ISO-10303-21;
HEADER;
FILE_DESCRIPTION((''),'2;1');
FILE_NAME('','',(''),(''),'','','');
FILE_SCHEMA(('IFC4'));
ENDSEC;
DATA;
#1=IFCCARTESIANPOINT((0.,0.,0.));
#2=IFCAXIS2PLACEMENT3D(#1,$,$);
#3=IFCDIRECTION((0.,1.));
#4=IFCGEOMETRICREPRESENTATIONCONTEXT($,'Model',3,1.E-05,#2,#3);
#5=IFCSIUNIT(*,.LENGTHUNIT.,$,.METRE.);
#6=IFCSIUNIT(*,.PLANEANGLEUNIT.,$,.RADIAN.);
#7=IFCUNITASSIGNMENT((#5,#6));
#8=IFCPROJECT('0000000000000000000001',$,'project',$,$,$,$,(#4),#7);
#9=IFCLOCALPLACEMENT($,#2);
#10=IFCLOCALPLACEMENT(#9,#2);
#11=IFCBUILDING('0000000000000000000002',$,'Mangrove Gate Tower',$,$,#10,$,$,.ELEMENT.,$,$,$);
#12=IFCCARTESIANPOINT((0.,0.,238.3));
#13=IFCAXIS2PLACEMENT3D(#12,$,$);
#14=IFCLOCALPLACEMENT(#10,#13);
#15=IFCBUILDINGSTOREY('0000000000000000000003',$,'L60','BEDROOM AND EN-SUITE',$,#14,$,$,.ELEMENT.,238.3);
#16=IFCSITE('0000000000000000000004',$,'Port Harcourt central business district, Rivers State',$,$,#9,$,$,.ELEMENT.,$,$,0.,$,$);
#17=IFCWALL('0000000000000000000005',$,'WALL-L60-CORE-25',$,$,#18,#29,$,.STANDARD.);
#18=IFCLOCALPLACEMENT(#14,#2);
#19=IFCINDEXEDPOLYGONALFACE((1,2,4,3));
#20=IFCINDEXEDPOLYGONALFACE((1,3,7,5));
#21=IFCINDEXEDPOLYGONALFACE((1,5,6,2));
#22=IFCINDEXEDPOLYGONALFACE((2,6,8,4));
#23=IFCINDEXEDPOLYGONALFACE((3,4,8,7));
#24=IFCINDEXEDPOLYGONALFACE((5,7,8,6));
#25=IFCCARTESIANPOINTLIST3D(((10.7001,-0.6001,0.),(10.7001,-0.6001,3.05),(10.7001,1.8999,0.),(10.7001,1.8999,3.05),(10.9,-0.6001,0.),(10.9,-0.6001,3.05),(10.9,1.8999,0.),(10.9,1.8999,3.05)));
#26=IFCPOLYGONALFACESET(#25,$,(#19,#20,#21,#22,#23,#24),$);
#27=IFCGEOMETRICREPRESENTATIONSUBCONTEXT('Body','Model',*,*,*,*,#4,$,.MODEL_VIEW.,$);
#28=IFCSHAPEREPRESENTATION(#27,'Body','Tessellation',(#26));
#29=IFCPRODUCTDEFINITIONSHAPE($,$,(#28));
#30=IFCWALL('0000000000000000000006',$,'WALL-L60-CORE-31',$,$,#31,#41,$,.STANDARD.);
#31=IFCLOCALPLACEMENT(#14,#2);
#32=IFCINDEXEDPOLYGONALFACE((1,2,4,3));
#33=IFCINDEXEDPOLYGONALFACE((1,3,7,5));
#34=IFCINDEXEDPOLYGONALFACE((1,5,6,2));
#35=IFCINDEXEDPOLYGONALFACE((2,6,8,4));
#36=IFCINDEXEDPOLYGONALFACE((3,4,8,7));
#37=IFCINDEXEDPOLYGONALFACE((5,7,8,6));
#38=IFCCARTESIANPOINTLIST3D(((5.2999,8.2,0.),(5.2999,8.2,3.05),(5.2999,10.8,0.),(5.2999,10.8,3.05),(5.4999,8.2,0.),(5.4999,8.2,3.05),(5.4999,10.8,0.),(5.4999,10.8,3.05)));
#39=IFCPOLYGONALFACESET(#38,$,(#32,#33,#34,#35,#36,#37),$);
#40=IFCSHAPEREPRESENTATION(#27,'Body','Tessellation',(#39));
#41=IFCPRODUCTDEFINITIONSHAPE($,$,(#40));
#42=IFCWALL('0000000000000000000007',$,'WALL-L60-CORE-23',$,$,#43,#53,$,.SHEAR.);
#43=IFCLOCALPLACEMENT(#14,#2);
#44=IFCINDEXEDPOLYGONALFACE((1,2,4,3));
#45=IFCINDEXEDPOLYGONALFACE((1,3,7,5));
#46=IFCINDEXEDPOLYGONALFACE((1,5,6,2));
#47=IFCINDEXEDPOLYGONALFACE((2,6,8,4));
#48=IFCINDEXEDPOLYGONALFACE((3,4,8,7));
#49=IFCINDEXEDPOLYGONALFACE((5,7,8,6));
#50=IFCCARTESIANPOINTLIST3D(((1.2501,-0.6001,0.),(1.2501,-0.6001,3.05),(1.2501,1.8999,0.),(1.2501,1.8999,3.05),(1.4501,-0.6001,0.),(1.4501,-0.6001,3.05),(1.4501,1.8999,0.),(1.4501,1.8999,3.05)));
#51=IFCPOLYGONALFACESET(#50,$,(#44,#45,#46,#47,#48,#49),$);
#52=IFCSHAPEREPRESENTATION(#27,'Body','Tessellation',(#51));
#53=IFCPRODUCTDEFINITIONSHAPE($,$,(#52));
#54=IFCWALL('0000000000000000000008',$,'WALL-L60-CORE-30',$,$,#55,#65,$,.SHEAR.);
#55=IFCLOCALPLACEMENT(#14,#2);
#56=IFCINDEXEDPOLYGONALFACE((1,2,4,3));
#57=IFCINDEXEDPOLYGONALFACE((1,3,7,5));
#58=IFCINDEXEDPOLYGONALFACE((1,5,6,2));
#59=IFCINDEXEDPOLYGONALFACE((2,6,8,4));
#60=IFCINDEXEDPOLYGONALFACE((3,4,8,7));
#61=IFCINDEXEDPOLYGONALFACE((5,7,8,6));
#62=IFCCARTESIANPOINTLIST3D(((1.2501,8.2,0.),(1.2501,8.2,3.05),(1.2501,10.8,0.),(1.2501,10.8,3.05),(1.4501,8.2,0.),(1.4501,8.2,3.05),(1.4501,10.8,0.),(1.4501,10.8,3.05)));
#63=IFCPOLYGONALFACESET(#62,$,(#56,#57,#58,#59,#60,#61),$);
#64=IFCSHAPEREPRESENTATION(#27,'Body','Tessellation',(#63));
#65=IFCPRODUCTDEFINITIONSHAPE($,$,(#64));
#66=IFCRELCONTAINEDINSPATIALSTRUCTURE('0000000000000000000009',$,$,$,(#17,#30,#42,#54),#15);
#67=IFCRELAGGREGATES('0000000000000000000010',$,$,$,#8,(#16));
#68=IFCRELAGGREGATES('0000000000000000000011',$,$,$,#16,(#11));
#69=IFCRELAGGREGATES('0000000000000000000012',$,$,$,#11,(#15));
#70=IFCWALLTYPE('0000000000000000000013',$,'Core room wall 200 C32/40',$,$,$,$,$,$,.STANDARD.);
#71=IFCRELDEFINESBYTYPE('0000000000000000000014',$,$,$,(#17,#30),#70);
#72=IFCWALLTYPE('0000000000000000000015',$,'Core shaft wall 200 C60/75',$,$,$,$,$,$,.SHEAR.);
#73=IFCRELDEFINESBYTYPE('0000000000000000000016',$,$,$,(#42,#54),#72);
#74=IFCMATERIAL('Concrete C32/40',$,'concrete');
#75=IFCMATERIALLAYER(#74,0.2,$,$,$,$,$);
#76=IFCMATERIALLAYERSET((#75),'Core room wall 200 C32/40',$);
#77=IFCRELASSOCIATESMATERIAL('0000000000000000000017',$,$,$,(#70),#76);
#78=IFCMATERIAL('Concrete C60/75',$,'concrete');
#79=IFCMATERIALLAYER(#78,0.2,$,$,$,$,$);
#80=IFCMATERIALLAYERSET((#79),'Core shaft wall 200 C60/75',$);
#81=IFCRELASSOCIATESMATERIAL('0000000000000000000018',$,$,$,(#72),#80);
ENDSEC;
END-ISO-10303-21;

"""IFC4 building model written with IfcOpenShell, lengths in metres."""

from ifc_helpers import new_model, si_unit, direction, frame, frame_2d, origin, place, context, subcontext, project, spatial, rectangle, extrude, material, layer, layer_set, type_object, element, save


model = new_model("IFC4")

# Units and contexts
model_context = context("Model", 3, precision=1e-05, world=origin(), true_north=direction((0.0, 1.0)))
body_context = subcontext(model_context, "Body", "Model", "MODEL_VIEW")
ifc_project = project(units=[si_unit("LENGTHUNIT", "METRE"), si_unit("PLANEANGLEUNIT", "RADIAN")], contexts=[model_context])

# Site, building, storey
site_placement = place(None, origin())
site = spatial("IfcSite", under=ifc_project, at=site_placement, Name="Port Harcourt central business district, Rivers State", CompositionType="ELEMENT", RefElevation=0.0)
building_placement = place(site_placement, origin())
building = spatial("IfcBuilding", under=site, at=building_placement, Name="Mangrove Gate Tower", CompositionType="ELEMENT")
storey_placement = place(building_placement, frame((0.0, 0.0, 238.3)))
storey = spatial("IfcBuildingStorey", under=building, at=storey_placement, Name="L60", Description="BEDROOM AND EN-SUITE", CompositionType="ELEMENT", Elevation=238.3)

# Walls
ifc_material_1 = material(Name="Concrete C32/40", Category="concrete")
ifc_layer_1 = layer(ifc_material_1, 0.2)
ifc_layer_set_1 = layer_set([ifc_layer_1], Name="Core room wall 200 C32/40")
wall_type_1 = type_object("IfcWallType", Name="Core room wall 200 C32/40", PredefinedType="STANDARD", material=ifc_layer_set_1)
for number, where, z_axis, x_axis, name in (
    (1, (10.8, -0.6001, 0.0), (0.0, 0.0, 1.0), (0.0, 1.0, 0.0), "WALL-L60-CORE-25"),
):
    element("IfcWall", number, at=place(storey_placement, frame(where, z_axis=z_axis, x_axis=x_axis)), inside=storey, type_object=wall_type_1, Name=name, PredefinedType="STANDARD", context=body_context, shape_type="SweptSolid", body=[
        extrude(rectangle(XDim=2.5, YDim=0.2, at=frame_2d((1.25, 0.0))), origin(), (0.0, 0.0, 1.0), 3.05),
    ])
wall_1_placement = place(storey_placement, frame((5.3999, 8.2, 0.0), z_axis=(0.0, 0.0, 1.0), x_axis=(0.0, 1.0, 0.0)))
element("IfcWall", 2, at=wall_1_placement, inside=storey, type_object=wall_type_1, Name="WALL-L60-CORE-31", PredefinedType="STANDARD", context=body_context, shape_type="SweptSolid", body=[
    extrude(rectangle(XDim=2.6001, YDim=0.2, at=frame_2d((1.3, 0.0))), origin(), (0.0, 0.0, 1.0), 3.05),
])
ifc_material_2 = material(Name="Concrete C60/75", Category="concrete")
ifc_layer_2 = layer(ifc_material_2, 0.2)
ifc_layer_set_2 = layer_set([ifc_layer_2], Name="Core shaft wall 200 C60/75")
wall_type_2 = type_object("IfcWallType", Name="Core shaft wall 200 C60/75", PredefinedType="SHEAR", material=ifc_layer_set_2)
wall_2_placement = place(storey_placement, frame((1.3501, -0.6001, 0.0), z_axis=(0.0, 0.0, 1.0), x_axis=(0.0, 1.0, 0.0)))
element("IfcWall", 3, at=wall_2_placement, inside=storey, type_object=wall_type_2, Name="WALL-L60-CORE-23", PredefinedType="SHEAR", context=body_context, shape_type="SweptSolid", body=[
    extrude(rectangle(XDim=2.5, YDim=0.2, at=frame_2d((1.25, 0.0))), origin(), (0.0, 0.0, 1.0), 3.05),
])
wall_3_placement = place(storey_placement, frame((1.3501, 8.2, 0.0), z_axis=(0.0, 0.0, 1.0), x_axis=(0.0, 1.0, 0.0)))
element("IfcWall", 4, at=wall_3_placement, inside=storey, type_object=wall_type_2, Name="WALL-L60-CORE-30", PredefinedType="SHEAR", context=body_context, shape_type="SweptSolid", body=[
    extrude(rectangle(XDim=2.6001, YDim=0.2, at=frame_2d((1.3, 0.0))), origin(), (0.0, 0.0, 1.0), 3.05),
])

save(model, "model.ifc")
